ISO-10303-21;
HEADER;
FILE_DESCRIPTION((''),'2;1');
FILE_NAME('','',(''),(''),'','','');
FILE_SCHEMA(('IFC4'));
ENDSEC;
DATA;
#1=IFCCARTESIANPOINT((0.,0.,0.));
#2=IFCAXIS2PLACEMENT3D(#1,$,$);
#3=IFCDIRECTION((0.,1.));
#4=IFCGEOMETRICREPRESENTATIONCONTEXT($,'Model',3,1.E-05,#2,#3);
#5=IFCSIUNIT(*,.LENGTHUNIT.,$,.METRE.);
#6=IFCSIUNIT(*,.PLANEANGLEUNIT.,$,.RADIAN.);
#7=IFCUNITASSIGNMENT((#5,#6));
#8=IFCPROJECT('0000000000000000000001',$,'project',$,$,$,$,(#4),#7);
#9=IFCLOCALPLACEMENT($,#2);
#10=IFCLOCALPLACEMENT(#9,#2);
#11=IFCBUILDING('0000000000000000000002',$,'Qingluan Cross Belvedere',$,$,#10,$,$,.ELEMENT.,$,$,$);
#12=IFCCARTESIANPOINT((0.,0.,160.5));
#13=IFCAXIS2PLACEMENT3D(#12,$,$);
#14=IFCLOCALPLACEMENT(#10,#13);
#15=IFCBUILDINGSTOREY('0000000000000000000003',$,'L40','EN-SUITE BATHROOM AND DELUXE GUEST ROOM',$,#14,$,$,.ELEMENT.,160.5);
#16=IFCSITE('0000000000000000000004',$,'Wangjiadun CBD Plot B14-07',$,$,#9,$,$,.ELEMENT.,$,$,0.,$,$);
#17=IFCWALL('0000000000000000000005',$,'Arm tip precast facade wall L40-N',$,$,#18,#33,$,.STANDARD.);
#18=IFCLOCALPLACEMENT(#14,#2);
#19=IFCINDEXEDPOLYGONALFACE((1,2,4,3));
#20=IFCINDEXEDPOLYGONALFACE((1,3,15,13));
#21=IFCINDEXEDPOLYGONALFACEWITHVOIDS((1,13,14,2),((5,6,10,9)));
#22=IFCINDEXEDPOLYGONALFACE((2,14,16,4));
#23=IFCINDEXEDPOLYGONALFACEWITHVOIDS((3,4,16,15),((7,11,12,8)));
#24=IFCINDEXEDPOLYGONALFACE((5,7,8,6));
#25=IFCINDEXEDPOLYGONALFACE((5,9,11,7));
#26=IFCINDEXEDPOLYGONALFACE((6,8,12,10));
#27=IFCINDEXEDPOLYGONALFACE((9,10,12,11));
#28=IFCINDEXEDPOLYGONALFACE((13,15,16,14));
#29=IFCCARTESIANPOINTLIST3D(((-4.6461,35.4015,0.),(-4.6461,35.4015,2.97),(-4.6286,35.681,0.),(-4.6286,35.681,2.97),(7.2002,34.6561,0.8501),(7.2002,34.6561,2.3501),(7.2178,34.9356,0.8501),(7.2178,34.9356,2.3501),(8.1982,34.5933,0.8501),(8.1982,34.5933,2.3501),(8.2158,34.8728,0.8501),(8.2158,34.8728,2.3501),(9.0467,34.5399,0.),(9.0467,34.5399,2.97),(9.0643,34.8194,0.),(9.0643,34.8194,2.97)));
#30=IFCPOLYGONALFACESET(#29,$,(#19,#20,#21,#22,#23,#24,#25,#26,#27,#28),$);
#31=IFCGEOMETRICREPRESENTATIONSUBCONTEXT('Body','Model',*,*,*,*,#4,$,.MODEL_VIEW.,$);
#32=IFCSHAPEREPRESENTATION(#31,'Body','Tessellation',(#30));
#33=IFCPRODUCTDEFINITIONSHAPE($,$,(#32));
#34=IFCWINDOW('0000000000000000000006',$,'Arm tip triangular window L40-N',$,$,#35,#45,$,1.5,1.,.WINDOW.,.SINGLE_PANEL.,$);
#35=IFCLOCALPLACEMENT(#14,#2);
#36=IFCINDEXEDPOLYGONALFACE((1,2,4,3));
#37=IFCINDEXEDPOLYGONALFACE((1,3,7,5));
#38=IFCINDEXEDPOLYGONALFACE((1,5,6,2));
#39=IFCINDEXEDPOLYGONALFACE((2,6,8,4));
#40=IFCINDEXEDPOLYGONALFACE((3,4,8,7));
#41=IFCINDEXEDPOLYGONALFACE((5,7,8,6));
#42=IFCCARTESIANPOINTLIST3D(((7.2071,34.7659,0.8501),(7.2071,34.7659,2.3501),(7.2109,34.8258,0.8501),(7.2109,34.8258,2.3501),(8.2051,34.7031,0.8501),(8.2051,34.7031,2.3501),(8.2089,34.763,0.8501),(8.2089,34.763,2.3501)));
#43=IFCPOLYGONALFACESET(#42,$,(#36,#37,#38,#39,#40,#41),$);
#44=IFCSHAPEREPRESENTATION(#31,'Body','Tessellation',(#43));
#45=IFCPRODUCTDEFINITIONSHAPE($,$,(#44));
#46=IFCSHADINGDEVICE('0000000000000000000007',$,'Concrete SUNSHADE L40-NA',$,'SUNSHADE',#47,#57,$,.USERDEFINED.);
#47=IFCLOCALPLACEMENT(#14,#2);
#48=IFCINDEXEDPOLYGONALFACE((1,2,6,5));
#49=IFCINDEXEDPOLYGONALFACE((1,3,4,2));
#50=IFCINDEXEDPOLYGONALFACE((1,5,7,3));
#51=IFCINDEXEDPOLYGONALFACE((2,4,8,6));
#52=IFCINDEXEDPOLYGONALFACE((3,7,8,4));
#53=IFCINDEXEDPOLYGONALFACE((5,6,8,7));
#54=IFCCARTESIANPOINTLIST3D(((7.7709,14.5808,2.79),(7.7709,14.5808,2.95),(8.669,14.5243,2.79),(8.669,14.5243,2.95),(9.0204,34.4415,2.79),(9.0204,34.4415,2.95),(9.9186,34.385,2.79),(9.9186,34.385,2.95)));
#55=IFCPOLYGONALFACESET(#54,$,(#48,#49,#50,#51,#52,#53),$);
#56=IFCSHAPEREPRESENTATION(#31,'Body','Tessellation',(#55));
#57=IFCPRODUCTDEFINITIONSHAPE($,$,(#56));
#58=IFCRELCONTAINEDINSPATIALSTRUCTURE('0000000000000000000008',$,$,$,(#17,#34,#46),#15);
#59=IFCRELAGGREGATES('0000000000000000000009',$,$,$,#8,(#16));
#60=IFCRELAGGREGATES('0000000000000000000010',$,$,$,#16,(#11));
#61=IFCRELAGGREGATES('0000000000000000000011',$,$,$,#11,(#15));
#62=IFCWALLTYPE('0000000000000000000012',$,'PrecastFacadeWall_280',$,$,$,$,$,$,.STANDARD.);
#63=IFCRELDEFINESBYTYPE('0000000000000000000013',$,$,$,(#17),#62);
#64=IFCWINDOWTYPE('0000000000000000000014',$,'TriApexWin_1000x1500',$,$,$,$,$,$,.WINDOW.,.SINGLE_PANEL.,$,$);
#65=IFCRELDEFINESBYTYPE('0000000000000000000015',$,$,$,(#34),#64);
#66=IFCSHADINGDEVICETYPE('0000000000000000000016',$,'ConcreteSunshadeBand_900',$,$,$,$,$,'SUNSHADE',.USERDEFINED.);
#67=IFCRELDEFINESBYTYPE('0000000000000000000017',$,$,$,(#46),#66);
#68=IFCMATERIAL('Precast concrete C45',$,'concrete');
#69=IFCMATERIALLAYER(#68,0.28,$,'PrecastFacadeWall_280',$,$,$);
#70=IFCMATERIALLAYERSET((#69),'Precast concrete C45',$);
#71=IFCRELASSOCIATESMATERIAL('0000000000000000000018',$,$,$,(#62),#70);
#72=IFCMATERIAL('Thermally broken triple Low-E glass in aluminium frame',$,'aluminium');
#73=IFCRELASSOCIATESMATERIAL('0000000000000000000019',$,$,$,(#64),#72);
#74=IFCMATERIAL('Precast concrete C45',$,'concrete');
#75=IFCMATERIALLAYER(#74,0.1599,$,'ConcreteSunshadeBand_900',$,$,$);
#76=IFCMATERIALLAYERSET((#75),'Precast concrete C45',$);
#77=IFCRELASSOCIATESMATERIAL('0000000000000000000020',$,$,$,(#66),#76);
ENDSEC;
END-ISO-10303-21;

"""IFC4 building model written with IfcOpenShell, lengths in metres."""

from ifc_helpers import new_model, si_unit, direction, frame, frame_2d, origin, origin_2d, place, context, subcontext, project, spatial, rectangle, extrude, material, layer, layer_set, type_object, element, fill, save


model = new_model("IFC4")

# Units and contexts
model_context = context("Model", 3, precision=1e-05, world=origin(), true_north=direction((0.0, 1.0)))
body_context = subcontext(model_context, "Body", "Model", "MODEL_VIEW")
ifc_project = project(units=[si_unit("LENGTHUNIT", "METRE"), si_unit("PLANEANGLEUNIT", "RADIAN")], contexts=[model_context])

# Site, building, storey
site_placement = place(None, origin())
site = spatial("IfcSite", under=ifc_project, at=site_placement, Name="Wangjiadun CBD Plot B14-07", CompositionType="ELEMENT", RefElevation=0.0)
building_placement = place(site_placement, origin())
building = spatial("IfcBuilding", under=site, at=building_placement, Name="Qingluan Cross Belvedere", CompositionType="ELEMENT")
storey_placement = place(building_placement, frame((0.0, 0.0, 160.5)))
storey = spatial("IfcBuildingStorey", under=building, at=storey_placement, Name="L40", Description="EN-SUITE BATHROOM AND DELUXE GUEST ROOM", CompositionType="ELEMENT", Elevation=160.5)

# Wall, opening, window
ifc_material_1 = material(Name="Precast concrete C45", Category="concrete")
ifc_layer_1 = layer(ifc_material_1, 0.28, Name="PrecastFacadeWall_280")
ifc_layer_set_1 = layer_set([ifc_layer_1], Name="Precast concrete C45")
wall_type_1 = type_object("IfcWallType", Name="PrecastFacadeWall_280", PredefinedType="STANDARD", material=ifc_layer_set_1)
wall_1_placement = place(storey_placement, frame((9.0554, 34.6797, 0.0), z_axis=(0.0, 0.0, 1.0), x_axis=(-0.998026, 0.062797, 0.0)))
wall_1 = element("IfcWall", 1, at=wall_1_placement, inside=storey, type_object=wall_type_1, Name="Arm tip precast facade wall L40-N", PredefinedType="STANDARD", context=body_context, shape_type="SweptSolid", body=[
    extrude(rectangle(XDim=13.72, YDim=0.28, at=frame_2d((6.8599, 0.0))), origin(), (0.0, 0.0, 1.0), 2.97),
])
opening_1_placement = place(wall_1_placement, frame((0.8501, 0.0, 0.8501)))
opening_1 = element("IfcOpeningElement", 2, at=opening_1_placement, cuts=wall_1, PredefinedType="OPENING", context=body_context, shape_type="SweptSolid", body=[
    extrude(rectangle(XDim=1.0, YDim=1.5, at=frame_2d((0.5, 0.75))), frame((0.0, 0.1499, 0.0), z_axis=(0.0, -1.0, 0.0), x_axis=(1.0, 0.0, 0.0)), (0.0, 0.0, 1.0), 0.3),
])
ifc_material_2 = material(Name="Thermally broken triple Low-E glass in aluminium frame", Category="aluminium")
window_type = type_object("IfcWindowType", Name="TriApexWin_1000x1500", PartitioningType="SINGLE_PANEL", PredefinedType="WINDOW", material=ifc_material_2)
window_placement = place(opening_1_placement, origin())
window = element("IfcWindow", 3, at=window_placement, inside=storey, type_object=window_type, Name="Arm tip triangular window L40-N", OverallHeight=1.5, OverallWidth=1.0, PartitioningType="SINGLE_PANEL", PredefinedType="WINDOW", context=body_context, shape_type="SweptSolid", body=[
    extrude(rectangle(XDim=1.0, YDim=1.5, at=frame_2d((0.5, 0.75))), frame((0.0, 0.03, 0.0), z_axis=(0.0, -1.0, 0.0), x_axis=(1.0, 0.0, 0.0)), (0.0, 0.0, 1.0), 0.0601),
])
fill(opening_1, window)

# Shading device
ifc_material_3 = material(Name="Precast concrete C45", Category="concrete")
ifc_layer_2 = layer(ifc_material_3, 0.1599, Name="ConcreteSunshadeBand_900")
ifc_layer_set_2 = layer_set([ifc_layer_2], Name="Precast concrete C45")
shading_device_type = type_object("IfcShadingDeviceType", Name="ConcreteSunshadeBand_900", ElementType="SUNSHADE", PredefinedType="USERDEFINED", material=ifc_layer_set_2)
shading_device_placement = place(storey_placement, frame((8.8447, 24.4829, 2.79), z_axis=(0.0, 0.0, 1.0), x_axis=(0.062791, 0.998027, 0.0)))
element("IfcShadingDevice", 4, at=shading_device_placement, inside=storey, type_object=shading_device_type, Name="Concrete SUNSHADE L40-NA", ObjectType="SUNSHADE", PredefinedType="USERDEFINED", context=body_context, shape_type="SweptSolid", body=[
    extrude(rectangle(XDim=19.8999, YDim=0.8999, at=origin_2d()), origin(), (0.0, 0.0, 1.0), 0.1599),
])

save(model, "model.ifc")
